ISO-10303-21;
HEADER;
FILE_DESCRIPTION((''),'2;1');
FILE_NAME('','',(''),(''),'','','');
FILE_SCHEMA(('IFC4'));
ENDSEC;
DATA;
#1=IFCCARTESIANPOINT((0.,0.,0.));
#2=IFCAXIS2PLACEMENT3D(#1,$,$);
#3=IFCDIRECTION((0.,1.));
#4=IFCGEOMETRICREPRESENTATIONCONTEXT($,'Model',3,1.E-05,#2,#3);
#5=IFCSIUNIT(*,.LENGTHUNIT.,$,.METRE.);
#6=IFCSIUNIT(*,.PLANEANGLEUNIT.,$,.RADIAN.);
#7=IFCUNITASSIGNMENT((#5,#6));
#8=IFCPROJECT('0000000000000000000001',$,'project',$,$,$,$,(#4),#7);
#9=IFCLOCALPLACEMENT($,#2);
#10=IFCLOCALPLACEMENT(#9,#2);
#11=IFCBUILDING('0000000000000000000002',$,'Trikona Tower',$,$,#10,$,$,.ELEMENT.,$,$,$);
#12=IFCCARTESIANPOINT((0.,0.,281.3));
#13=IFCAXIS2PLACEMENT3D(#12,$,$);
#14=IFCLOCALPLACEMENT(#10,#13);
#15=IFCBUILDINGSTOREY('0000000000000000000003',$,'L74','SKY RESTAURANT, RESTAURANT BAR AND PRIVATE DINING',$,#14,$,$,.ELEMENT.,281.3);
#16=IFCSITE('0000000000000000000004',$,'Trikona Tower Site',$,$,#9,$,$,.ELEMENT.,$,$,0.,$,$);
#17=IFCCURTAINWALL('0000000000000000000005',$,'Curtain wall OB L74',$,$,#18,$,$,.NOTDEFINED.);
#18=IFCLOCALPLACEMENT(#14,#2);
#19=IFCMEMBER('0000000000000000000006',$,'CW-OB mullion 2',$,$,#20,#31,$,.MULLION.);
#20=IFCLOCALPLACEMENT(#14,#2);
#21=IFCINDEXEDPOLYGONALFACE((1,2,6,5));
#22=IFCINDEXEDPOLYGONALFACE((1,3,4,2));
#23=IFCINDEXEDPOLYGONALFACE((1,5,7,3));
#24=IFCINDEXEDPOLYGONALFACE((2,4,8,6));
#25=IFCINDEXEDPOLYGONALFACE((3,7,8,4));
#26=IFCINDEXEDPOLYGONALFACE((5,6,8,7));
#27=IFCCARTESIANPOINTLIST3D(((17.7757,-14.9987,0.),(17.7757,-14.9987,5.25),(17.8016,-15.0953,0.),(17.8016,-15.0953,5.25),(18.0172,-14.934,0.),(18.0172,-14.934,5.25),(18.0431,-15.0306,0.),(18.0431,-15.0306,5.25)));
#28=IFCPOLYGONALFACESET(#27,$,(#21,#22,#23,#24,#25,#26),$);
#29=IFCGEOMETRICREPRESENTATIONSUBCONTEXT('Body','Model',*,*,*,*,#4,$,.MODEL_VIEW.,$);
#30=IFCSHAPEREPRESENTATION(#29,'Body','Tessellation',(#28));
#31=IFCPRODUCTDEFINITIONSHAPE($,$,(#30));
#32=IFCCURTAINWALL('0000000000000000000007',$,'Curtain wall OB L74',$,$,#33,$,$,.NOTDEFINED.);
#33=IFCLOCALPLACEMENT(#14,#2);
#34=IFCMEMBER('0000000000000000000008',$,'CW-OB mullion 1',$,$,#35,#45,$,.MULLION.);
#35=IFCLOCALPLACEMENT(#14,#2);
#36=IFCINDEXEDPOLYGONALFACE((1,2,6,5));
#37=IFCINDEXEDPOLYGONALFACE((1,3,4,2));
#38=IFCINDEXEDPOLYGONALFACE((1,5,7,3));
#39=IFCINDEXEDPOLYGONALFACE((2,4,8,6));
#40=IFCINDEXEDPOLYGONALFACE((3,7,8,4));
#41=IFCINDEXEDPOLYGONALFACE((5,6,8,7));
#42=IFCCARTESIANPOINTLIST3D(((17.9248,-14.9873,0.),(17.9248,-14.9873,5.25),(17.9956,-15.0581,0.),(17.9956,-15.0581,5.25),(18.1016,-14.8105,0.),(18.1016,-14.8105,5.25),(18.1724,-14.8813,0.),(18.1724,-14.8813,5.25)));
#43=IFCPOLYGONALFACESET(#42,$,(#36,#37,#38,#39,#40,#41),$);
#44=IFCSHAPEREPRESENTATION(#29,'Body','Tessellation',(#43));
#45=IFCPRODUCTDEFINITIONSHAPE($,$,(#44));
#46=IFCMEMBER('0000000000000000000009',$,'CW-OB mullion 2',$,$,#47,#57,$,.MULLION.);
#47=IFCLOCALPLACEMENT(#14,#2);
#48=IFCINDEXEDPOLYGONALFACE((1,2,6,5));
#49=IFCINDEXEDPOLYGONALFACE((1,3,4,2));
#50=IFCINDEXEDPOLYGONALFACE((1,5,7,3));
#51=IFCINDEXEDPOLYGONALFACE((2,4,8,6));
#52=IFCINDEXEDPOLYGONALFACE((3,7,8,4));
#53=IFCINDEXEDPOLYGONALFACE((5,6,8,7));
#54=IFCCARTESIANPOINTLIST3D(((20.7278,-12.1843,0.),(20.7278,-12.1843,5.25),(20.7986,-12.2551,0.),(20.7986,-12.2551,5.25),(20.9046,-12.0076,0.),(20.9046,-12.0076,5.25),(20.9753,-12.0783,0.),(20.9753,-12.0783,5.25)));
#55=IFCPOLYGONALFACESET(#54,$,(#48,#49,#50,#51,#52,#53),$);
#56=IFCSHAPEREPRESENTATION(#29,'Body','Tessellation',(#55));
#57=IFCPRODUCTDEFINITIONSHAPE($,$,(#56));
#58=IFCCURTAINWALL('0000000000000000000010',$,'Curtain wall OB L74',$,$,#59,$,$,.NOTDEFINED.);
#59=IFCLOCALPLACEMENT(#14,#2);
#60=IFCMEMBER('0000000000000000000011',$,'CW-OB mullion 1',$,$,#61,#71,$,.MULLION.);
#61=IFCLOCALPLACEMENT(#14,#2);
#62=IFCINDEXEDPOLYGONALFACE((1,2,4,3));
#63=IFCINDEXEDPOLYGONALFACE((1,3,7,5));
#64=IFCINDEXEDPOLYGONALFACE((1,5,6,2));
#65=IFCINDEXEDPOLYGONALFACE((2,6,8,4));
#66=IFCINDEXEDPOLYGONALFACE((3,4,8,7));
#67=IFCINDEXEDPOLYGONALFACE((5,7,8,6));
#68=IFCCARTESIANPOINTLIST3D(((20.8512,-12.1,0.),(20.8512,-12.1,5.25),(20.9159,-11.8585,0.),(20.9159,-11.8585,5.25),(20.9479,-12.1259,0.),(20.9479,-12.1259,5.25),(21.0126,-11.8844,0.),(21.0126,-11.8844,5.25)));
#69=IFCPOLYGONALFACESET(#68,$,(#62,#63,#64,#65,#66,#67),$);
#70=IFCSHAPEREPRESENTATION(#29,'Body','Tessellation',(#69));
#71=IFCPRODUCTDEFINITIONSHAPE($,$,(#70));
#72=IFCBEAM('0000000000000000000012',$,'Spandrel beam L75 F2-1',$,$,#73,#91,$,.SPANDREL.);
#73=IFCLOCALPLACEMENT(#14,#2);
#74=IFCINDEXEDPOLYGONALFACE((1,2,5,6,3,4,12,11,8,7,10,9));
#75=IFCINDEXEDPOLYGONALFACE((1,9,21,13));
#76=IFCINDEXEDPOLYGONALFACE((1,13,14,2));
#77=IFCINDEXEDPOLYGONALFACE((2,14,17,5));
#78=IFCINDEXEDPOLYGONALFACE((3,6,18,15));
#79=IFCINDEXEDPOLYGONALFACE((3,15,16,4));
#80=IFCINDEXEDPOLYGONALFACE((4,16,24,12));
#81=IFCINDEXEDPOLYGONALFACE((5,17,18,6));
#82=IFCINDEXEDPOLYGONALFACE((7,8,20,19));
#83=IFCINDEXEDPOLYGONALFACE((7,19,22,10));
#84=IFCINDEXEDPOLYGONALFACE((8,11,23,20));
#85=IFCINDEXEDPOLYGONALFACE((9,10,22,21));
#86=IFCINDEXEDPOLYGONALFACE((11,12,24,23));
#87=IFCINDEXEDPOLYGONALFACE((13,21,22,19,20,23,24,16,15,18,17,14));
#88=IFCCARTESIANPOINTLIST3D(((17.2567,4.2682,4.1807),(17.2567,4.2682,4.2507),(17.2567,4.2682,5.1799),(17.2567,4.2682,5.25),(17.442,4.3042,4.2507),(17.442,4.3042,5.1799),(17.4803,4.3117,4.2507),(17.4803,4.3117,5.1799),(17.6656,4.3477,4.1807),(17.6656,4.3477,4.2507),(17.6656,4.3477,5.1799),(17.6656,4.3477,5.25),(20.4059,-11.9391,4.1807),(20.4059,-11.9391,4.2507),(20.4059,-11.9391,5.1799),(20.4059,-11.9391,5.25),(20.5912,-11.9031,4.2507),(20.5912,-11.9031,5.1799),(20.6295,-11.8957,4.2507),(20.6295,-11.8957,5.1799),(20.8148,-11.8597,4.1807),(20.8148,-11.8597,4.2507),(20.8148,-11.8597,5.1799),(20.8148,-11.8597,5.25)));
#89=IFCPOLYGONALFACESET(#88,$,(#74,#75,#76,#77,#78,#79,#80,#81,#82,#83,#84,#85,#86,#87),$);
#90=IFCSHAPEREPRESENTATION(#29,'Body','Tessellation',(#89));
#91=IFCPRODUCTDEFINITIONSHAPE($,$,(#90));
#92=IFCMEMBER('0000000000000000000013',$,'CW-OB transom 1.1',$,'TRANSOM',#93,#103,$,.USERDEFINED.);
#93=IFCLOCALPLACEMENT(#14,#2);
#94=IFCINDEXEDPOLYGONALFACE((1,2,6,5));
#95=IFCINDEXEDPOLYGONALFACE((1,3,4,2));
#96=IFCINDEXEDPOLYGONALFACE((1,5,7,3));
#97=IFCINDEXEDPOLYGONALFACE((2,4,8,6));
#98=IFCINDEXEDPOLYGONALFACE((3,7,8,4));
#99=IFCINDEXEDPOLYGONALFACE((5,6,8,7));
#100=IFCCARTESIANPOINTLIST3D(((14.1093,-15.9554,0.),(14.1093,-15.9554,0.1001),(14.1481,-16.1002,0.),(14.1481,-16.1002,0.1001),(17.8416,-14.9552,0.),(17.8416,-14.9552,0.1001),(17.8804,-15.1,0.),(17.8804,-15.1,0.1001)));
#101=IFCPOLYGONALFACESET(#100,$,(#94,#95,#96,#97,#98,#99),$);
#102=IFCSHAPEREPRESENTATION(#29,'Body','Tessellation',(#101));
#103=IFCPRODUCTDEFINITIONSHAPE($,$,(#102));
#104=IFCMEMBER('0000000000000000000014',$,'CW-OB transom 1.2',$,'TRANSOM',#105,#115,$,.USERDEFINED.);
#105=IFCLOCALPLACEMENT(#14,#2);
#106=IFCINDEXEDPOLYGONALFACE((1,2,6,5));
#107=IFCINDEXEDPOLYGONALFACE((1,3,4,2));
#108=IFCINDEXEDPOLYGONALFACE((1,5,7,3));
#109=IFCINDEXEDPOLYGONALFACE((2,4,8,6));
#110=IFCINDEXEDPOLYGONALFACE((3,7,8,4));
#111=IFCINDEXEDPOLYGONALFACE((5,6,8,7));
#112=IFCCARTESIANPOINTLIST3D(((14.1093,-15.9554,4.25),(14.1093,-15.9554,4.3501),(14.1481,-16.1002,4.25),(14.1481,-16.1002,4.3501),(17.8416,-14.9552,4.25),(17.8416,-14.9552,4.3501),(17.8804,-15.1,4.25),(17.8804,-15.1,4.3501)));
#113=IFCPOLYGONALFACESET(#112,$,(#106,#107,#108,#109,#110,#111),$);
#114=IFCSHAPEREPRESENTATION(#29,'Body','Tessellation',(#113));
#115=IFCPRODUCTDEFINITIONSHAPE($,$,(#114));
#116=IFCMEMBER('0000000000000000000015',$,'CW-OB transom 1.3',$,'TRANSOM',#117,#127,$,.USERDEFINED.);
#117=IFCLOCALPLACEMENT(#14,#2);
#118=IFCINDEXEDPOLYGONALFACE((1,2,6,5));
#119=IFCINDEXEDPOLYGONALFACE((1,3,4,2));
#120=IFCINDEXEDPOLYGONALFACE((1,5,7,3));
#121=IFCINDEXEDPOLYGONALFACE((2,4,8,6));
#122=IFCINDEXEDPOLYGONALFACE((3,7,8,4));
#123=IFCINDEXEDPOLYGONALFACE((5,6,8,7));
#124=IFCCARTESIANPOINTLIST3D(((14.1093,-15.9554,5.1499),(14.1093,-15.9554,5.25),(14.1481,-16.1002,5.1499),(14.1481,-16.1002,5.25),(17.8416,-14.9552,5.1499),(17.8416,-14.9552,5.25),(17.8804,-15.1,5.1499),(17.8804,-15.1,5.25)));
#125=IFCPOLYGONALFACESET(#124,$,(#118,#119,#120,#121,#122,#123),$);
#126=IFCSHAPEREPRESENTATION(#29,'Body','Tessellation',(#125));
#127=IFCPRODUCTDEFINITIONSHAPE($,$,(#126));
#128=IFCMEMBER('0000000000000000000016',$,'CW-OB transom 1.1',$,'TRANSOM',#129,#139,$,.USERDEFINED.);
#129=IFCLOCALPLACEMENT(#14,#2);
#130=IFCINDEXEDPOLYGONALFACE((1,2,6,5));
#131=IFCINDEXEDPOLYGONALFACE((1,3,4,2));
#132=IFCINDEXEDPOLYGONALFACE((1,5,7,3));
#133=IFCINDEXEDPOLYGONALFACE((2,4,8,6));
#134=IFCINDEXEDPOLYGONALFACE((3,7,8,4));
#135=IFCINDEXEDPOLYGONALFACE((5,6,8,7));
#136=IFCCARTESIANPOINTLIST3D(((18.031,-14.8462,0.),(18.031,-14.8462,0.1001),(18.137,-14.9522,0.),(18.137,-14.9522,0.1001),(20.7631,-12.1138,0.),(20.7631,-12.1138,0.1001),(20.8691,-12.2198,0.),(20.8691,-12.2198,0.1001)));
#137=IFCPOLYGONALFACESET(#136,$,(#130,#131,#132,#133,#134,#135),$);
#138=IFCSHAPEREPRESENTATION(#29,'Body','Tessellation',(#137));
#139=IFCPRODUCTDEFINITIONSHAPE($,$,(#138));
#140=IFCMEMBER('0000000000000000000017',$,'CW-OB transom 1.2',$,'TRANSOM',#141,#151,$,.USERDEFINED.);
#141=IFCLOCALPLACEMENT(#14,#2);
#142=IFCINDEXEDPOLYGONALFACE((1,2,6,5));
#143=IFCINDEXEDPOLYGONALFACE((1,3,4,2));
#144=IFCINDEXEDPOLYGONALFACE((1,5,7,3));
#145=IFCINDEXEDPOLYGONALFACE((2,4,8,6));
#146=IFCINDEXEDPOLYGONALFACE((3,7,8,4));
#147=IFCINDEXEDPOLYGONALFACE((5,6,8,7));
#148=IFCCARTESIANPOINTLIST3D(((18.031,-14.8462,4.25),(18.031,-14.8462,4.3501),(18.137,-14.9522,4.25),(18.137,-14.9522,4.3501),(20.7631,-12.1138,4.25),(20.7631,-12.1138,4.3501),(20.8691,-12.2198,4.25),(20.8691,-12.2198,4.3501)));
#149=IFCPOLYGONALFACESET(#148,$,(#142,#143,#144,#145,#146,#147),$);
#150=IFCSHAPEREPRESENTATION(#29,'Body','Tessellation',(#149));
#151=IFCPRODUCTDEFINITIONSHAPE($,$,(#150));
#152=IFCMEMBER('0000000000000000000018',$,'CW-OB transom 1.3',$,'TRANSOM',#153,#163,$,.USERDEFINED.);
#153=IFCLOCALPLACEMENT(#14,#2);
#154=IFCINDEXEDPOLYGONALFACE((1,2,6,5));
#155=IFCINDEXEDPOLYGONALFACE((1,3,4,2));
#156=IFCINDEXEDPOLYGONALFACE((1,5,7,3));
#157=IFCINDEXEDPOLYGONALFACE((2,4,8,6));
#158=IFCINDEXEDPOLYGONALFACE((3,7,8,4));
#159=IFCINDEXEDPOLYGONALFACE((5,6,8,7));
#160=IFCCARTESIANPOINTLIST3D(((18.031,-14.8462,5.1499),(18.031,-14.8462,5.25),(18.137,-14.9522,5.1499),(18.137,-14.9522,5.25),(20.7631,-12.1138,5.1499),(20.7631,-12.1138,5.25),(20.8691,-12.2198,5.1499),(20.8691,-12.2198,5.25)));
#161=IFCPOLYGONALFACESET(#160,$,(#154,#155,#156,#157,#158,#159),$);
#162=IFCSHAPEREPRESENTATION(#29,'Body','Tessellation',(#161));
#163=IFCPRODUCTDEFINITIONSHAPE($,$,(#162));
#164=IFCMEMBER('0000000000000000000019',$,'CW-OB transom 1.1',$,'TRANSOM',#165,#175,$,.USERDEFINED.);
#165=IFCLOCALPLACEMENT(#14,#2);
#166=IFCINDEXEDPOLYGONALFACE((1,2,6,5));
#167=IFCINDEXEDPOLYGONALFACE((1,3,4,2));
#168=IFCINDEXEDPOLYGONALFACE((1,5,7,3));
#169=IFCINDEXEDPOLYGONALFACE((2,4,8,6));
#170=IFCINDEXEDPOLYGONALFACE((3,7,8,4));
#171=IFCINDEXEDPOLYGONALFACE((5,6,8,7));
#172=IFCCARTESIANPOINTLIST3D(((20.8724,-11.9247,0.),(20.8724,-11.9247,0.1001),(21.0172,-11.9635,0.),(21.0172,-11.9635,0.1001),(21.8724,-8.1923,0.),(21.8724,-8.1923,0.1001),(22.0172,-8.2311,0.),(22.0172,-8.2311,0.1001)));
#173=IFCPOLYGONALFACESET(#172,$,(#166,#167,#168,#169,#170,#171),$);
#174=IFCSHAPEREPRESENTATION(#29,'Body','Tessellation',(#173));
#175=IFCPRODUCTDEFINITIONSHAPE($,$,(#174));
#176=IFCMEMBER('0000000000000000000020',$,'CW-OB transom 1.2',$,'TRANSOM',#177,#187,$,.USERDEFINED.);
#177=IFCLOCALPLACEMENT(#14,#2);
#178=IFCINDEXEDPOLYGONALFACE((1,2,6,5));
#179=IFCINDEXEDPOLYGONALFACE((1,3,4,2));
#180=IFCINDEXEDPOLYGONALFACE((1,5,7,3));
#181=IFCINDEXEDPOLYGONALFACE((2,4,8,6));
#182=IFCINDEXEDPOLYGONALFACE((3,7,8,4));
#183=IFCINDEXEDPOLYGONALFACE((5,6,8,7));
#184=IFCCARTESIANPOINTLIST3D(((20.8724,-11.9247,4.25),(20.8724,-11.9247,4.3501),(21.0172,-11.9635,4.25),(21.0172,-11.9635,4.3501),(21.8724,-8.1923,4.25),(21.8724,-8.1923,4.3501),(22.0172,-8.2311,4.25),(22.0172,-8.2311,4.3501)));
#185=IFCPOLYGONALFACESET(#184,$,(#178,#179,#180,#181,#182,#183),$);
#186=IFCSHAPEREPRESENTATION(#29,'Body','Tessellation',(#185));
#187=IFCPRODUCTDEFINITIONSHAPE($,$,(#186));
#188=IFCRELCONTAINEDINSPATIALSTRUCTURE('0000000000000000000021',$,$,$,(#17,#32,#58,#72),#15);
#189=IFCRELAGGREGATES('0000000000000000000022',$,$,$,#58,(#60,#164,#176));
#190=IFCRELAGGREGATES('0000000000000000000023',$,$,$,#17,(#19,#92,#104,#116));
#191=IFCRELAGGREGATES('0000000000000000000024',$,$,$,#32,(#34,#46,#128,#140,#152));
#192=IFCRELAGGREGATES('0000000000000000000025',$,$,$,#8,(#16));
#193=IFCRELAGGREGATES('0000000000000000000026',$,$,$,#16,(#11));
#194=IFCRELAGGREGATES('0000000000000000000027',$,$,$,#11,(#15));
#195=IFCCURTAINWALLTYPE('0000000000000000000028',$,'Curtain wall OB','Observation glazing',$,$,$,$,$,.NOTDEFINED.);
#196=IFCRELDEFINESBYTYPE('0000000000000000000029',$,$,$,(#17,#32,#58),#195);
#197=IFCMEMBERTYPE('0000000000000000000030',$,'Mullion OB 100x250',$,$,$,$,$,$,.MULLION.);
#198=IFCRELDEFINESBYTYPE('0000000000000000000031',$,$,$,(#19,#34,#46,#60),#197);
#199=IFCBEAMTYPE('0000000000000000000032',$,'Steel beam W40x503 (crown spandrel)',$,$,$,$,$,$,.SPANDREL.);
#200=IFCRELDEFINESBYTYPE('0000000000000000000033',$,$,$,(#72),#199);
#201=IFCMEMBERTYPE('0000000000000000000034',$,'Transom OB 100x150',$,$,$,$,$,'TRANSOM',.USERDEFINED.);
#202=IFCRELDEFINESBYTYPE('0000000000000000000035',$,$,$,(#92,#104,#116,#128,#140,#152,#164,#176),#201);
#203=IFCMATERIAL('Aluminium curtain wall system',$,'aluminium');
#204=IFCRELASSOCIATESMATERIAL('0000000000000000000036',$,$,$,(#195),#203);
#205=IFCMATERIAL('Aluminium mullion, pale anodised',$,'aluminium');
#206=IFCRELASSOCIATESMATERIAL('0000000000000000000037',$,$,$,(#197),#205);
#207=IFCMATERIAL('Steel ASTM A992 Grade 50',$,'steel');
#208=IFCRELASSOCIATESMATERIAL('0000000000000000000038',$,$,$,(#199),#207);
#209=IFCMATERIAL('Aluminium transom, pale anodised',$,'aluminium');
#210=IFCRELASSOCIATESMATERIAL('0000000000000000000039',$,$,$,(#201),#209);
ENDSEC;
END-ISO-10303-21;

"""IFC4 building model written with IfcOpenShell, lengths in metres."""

from ifc_helpers import new_model, si_unit, direction, frame, origin, origin_2d, place, context, subcontext, project, spatial, rectangle, i_section, extrude, material, material_profile, profile_set, type_object, element, aggregate, save


model = new_model("IFC4")

# Units and contexts
model_context = context("Model", 3, precision=1e-05, world=origin(), true_north=direction((0.0, 1.0)))
body_context = subcontext(model_context, "Body", "Model", "MODEL_VIEW")
ifc_project = project(units=[si_unit("LENGTHUNIT", "METRE"), si_unit("PLANEANGLEUNIT", "RADIAN")], contexts=[model_context])

# Site, building, storey
site_placement = place(None, origin())
site = spatial("IfcSite", under=ifc_project, at=site_placement, Name="Trikona Tower Site", CompositionType="ELEMENT", RefElevation=0.0)
building_placement = place(site_placement, origin())
building = spatial("IfcBuilding", under=site, at=building_placement, Name="Trikona Tower", CompositionType="ELEMENT")
storey_placement = place(building_placement, frame((0.0, 0.0, 281.3)))
storey = spatial("IfcBuildingStorey", under=building, at=storey_placement, Name="L74", Description="SKY RESTAURANT, RESTAURANT BAR AND PRIVATE DINING", CompositionType="ELEMENT", Elevation=281.3)

# Curtain wall, member
ifc_material_1 = material(Name="Aluminium curtain wall system", Category="aluminium")
curtain_wall_type = type_object("IfcCurtainWallType", Name="Curtain wall OB", Description="Observation glazing", PredefinedType="NOTDEFINED", material=ifc_material_1)
curtain_wall_1_placement = place(storey_placement, origin())
curtain_wall_1 = element("IfcCurtainWall", 1, at=curtain_wall_1_placement, inside=storey, type_object=curtain_wall_type, Name="Curtain wall OB L74", PredefinedType="NOTDEFINED")
ifc_material_2 = material(Name="Aluminium mullion, pale anodised", Category="aluminium")
ifc_material_profile_1 = material_profile(ifc_material_2, rectangle(XDim=0.1001, YDim=0.25, at=origin_2d()), Name="MUL-OB")
ifc_profile_set_1 = profile_set([ifc_material_profile_1], Name="Aluminium mullion, pale anodised")
member_type_1 = type_object("IfcMemberType", Name="Mullion OB 100x250", PredefinedType="MULLION", material=ifc_profile_set_1)
member_1_placement = place(storey_placement, frame((17.9094, -15.0146, 0.0), z_axis=(0.0, 0.0, 1.0), x_axis=(-0.258828, 0.965923, 0.0)))
member_1 = element("IfcMember", 2, at=member_1_placement, type_object=member_type_1, Name="CW-OB mullion 2", PredefinedType="MULLION", context=body_context, shape_type="SweptSolid", body=[
    extrude(rectangle(XDim=0.1001, YDim=0.25, at=origin_2d()), origin(), (0.0, 0.0, 1.0), 5.25),
])

# Curtain wall, members
curtain_wall_2_placement = place(storey_placement, origin())
curtain_wall_2 = element("IfcCurtainWall", 3, at=curtain_wall_2_placement, inside=storey, type_object=curtain_wall_type, Name="Curtain wall OB L74", PredefinedType="NOTDEFINED")
member_2_placement = place(storey_placement, frame((18.0486, -14.9343, 0.0), z_axis=(0.0, 0.0, 1.0), x_axis=(-0.707107, 0.707107, 0.0)))
member_2 = element("IfcMember", 4, at=member_2_placement, type_object=member_type_1, Name="CW-OB mullion 1", PredefinedType="MULLION", context=body_context, shape_type="SweptSolid", body=[
    extrude(rectangle(XDim=0.1001, YDim=0.25, at=origin_2d()), origin(), (0.0, 0.0, 1.0), 5.25),
])
member_3_placement = place(storey_placement, frame((20.8516, -12.1313, 0.0), z_axis=(0.0, 0.0, 1.0), x_axis=(-0.707107, 0.707107, 0.0)))
member_3 = element("IfcMember", 5, at=member_3_placement, type_object=member_type_1, Name="CW-OB mullion 2", PredefinedType="MULLION", context=body_context, shape_type="SweptSolid", body=[
    extrude(rectangle(XDim=0.1001, YDim=0.25, at=origin_2d()), origin(), (0.0, 0.0, 1.0), 5.25),
])

# Curtain wall, member
curtain_wall_3_placement = place(storey_placement, origin())
curtain_wall_3 = element("IfcCurtainWall", 6, at=curtain_wall_3_placement, inside=storey, type_object=curtain_wall_type, Name="Curtain wall OB L74", PredefinedType="NOTDEFINED")
member_4_placement = place(storey_placement, frame((20.9319, -11.9922, 0.0), z_axis=(0.0, 0.0, 1.0), x_axis=(-0.965923, 0.258828, 0.0)))
member_4 = element("IfcMember", 7, at=member_4_placement, type_object=member_type_1, Name="CW-OB mullion 1", PredefinedType="MULLION", context=body_context, shape_type="SweptSolid", body=[
    extrude(rectangle(XDim=0.1001, YDim=0.25, at=origin_2d()), origin(), (0.0, 0.0, 1.0), 5.25),
])

# Beam
ifc_material_3 = material(Name="Steel ASTM A992 Grade 50", Category="steel")
ifc_material_profile_2 = material_profile(ifc_material_3, i_section(OverallWidth=0.4165, OverallDepth=1.0693, WebThickness=0.0391, FlangeThickness=0.0701, at=origin_2d()), Name="W40X503")
ifc_profile_set_2 = profile_set([ifc_material_profile_2], Name="Steel ASTM A992 Grade 50")
beam_type = type_object("IfcBeamType", Name="Steel beam W40x503 (crown spandrel)", PredefinedType="SPANDREL", material=ifc_profile_set_2)
beam_placement = place(storey_placement, frame((20.6104, -11.8994, 4.7153), z_axis=(-0.190739, 0.981641, 0.0), x_axis=(-0.981641, -0.190739, 0.0)))
element("IfcBeam", 8, at=beam_placement, inside=storey, type_object=beam_type, Name="Spandrel beam L75 F2-1", PredefinedType="SPANDREL", context=body_context, shape_type="SweptSolid", body=[
    extrude(i_section(OverallWidth=0.4165, OverallDepth=1.0693, WebThickness=0.0391, FlangeThickness=0.0701, at=origin_2d()), origin(), (0.0, 0.0, 1.0), 16.5105),
])

# Members
ifc_material_4 = material(Name="Aluminium transom, pale anodised", Category="aluminium")
ifc_material_profile_3 = material_profile(ifc_material_4, rectangle(XDim=0.1499, YDim=0.1001, at=origin_2d()), Name="TRN-OB")
ifc_profile_set_3 = profile_set([ifc_material_profile_3], Name="Aluminium transom, pale anodised")
member_type_2 = type_object("IfcMemberType", Name="Transom OB 100x150", ElementType="TRANSOM", PredefinedType="USERDEFINED", material=ifc_profile_set_3)
member_5_placement = place(storey_placement, frame((14.1287, -16.0278, 0.05), z_axis=(0.965916, 0.258854, 0.0), x_axis=(-0.258854, 0.965916, 0.0)))
member_5 = element("IfcMember", 9, at=member_5_placement, type_object=member_type_2, Name="CW-OB transom 1.1", ObjectType="TRANSOM", PredefinedType="USERDEFINED", context=body_context, shape_type="SweptSolid", body=[
    extrude(rectangle(XDim=0.1499, YDim=0.1001, at=origin_2d()), origin(), (0.0, 0.0, 1.0), 3.864),
])
member_6_placement = place(storey_placement, frame((14.1287, -16.0278, 4.3), z_axis=(0.965916, 0.258854, 0.0), x_axis=(-0.258854, 0.965916, 0.0)))
member_6 = element("IfcMember", 10, at=member_6_placement, type_object=member_type_2, Name="CW-OB transom 1.2", ObjectType="TRANSOM", PredefinedType="USERDEFINED", context=body_context, shape_type="SweptSolid", body=[
    extrude(rectangle(XDim=0.1499, YDim=0.1001, at=origin_2d()), origin(), (0.0, 0.0, 1.0), 3.864),
])
member_7_placement = place(storey_placement, frame((14.1287, -16.0278, 5.2), z_axis=(0.965916, 0.258854, 0.0), x_axis=(-0.258854, 0.965916, 0.0)))
member_7 = element("IfcMember", 11, at=member_7_placement, type_object=member_type_2, Name="CW-OB transom 1.3", ObjectType="TRANSOM", PredefinedType="USERDEFINED", context=body_context, shape_type="SweptSolid", body=[
    extrude(rectangle(XDim=0.1499, YDim=0.1001, at=origin_2d()), origin(), (0.0, 0.0, 1.0), 3.864),
])
member_8_placement = place(storey_placement, frame((18.084, -14.8992, 0.05), z_axis=(0.707075, 0.707138, 0.0), x_axis=(-0.707138, 0.707075, 0.0)))
member_8 = element("IfcMember", 12, at=member_8_placement, type_object=member_type_2, Name="CW-OB transom 1.1", ObjectType="TRANSOM", PredefinedType="USERDEFINED", context=body_context, shape_type="SweptSolid", body=[
    extrude(rectangle(XDim=0.1499, YDim=0.1001, at=origin_2d()), origin(), (0.0, 0.0, 1.0), 3.864),
])
member_9_placement = place(storey_placement, frame((18.084, -14.8992, 4.3), z_axis=(0.707075, 0.707138, 0.0), x_axis=(-0.707138, 0.707075, 0.0)))
member_9 = element("IfcMember", 13, at=member_9_placement, type_object=member_type_2, Name="CW-OB transom 1.2", ObjectType="TRANSOM", PredefinedType="USERDEFINED", context=body_context, shape_type="SweptSolid", body=[
    extrude(rectangle(XDim=0.1499, YDim=0.1001, at=origin_2d()), origin(), (0.0, 0.0, 1.0), 3.864),
])
member_10_placement = place(storey_placement, frame((18.084, -14.8992, 5.2), z_axis=(0.707075, 0.707138, 0.0), x_axis=(-0.707138, 0.707075, 0.0)))
member_10 = element("IfcMember", 14, at=member_10_placement, type_object=member_type_2, Name="CW-OB transom 1.3", ObjectType="TRANSOM", PredefinedType="USERDEFINED", context=body_context, shape_type="SweptSolid", body=[
    extrude(rectangle(XDim=0.1499, YDim=0.1001, at=origin_2d()), origin(), (0.0, 0.0, 1.0), 3.864),
])
member_11_placement = place(storey_placement, frame((20.9448, -11.9441, 0.05), z_axis=(0.258795, 0.965932, 0.0), x_axis=(-0.965932, 0.258795, 0.0)))
member_11 = element("IfcMember", 15, at=member_11_placement, type_object=member_type_2, Name="CW-OB transom 1.1", ObjectType="TRANSOM", PredefinedType="USERDEFINED", context=body_context, shape_type="SweptSolid", body=[
    extrude(rectangle(XDim=0.1499, YDim=0.1001, at=origin_2d()), origin(), (0.0, 0.0, 1.0), 3.864),
])
member_12_placement = place(storey_placement, frame((20.9448, -11.9441, 4.3), z_axis=(0.258795, 0.965932, 0.0), x_axis=(-0.965932, 0.258795, 0.0)))
member_12 = element("IfcMember", 16, at=member_12_placement, type_object=member_type_2, Name="CW-OB transom 1.2", ObjectType="TRANSOM", PredefinedType="USERDEFINED", context=body_context, shape_type="SweptSolid", body=[
    extrude(rectangle(XDim=0.1499, YDim=0.1001, at=origin_2d()), origin(), (0.0, 0.0, 1.0), 3.864),
])
aggregate(curtain_wall_3, [member_4, member_11, member_12])

aggregate(curtain_wall_1, [member_1, member_5, member_6, member_7])
aggregate(curtain_wall_2, [member_2, member_3, member_8, member_9, member_10])

save(model, "model.ifc")
